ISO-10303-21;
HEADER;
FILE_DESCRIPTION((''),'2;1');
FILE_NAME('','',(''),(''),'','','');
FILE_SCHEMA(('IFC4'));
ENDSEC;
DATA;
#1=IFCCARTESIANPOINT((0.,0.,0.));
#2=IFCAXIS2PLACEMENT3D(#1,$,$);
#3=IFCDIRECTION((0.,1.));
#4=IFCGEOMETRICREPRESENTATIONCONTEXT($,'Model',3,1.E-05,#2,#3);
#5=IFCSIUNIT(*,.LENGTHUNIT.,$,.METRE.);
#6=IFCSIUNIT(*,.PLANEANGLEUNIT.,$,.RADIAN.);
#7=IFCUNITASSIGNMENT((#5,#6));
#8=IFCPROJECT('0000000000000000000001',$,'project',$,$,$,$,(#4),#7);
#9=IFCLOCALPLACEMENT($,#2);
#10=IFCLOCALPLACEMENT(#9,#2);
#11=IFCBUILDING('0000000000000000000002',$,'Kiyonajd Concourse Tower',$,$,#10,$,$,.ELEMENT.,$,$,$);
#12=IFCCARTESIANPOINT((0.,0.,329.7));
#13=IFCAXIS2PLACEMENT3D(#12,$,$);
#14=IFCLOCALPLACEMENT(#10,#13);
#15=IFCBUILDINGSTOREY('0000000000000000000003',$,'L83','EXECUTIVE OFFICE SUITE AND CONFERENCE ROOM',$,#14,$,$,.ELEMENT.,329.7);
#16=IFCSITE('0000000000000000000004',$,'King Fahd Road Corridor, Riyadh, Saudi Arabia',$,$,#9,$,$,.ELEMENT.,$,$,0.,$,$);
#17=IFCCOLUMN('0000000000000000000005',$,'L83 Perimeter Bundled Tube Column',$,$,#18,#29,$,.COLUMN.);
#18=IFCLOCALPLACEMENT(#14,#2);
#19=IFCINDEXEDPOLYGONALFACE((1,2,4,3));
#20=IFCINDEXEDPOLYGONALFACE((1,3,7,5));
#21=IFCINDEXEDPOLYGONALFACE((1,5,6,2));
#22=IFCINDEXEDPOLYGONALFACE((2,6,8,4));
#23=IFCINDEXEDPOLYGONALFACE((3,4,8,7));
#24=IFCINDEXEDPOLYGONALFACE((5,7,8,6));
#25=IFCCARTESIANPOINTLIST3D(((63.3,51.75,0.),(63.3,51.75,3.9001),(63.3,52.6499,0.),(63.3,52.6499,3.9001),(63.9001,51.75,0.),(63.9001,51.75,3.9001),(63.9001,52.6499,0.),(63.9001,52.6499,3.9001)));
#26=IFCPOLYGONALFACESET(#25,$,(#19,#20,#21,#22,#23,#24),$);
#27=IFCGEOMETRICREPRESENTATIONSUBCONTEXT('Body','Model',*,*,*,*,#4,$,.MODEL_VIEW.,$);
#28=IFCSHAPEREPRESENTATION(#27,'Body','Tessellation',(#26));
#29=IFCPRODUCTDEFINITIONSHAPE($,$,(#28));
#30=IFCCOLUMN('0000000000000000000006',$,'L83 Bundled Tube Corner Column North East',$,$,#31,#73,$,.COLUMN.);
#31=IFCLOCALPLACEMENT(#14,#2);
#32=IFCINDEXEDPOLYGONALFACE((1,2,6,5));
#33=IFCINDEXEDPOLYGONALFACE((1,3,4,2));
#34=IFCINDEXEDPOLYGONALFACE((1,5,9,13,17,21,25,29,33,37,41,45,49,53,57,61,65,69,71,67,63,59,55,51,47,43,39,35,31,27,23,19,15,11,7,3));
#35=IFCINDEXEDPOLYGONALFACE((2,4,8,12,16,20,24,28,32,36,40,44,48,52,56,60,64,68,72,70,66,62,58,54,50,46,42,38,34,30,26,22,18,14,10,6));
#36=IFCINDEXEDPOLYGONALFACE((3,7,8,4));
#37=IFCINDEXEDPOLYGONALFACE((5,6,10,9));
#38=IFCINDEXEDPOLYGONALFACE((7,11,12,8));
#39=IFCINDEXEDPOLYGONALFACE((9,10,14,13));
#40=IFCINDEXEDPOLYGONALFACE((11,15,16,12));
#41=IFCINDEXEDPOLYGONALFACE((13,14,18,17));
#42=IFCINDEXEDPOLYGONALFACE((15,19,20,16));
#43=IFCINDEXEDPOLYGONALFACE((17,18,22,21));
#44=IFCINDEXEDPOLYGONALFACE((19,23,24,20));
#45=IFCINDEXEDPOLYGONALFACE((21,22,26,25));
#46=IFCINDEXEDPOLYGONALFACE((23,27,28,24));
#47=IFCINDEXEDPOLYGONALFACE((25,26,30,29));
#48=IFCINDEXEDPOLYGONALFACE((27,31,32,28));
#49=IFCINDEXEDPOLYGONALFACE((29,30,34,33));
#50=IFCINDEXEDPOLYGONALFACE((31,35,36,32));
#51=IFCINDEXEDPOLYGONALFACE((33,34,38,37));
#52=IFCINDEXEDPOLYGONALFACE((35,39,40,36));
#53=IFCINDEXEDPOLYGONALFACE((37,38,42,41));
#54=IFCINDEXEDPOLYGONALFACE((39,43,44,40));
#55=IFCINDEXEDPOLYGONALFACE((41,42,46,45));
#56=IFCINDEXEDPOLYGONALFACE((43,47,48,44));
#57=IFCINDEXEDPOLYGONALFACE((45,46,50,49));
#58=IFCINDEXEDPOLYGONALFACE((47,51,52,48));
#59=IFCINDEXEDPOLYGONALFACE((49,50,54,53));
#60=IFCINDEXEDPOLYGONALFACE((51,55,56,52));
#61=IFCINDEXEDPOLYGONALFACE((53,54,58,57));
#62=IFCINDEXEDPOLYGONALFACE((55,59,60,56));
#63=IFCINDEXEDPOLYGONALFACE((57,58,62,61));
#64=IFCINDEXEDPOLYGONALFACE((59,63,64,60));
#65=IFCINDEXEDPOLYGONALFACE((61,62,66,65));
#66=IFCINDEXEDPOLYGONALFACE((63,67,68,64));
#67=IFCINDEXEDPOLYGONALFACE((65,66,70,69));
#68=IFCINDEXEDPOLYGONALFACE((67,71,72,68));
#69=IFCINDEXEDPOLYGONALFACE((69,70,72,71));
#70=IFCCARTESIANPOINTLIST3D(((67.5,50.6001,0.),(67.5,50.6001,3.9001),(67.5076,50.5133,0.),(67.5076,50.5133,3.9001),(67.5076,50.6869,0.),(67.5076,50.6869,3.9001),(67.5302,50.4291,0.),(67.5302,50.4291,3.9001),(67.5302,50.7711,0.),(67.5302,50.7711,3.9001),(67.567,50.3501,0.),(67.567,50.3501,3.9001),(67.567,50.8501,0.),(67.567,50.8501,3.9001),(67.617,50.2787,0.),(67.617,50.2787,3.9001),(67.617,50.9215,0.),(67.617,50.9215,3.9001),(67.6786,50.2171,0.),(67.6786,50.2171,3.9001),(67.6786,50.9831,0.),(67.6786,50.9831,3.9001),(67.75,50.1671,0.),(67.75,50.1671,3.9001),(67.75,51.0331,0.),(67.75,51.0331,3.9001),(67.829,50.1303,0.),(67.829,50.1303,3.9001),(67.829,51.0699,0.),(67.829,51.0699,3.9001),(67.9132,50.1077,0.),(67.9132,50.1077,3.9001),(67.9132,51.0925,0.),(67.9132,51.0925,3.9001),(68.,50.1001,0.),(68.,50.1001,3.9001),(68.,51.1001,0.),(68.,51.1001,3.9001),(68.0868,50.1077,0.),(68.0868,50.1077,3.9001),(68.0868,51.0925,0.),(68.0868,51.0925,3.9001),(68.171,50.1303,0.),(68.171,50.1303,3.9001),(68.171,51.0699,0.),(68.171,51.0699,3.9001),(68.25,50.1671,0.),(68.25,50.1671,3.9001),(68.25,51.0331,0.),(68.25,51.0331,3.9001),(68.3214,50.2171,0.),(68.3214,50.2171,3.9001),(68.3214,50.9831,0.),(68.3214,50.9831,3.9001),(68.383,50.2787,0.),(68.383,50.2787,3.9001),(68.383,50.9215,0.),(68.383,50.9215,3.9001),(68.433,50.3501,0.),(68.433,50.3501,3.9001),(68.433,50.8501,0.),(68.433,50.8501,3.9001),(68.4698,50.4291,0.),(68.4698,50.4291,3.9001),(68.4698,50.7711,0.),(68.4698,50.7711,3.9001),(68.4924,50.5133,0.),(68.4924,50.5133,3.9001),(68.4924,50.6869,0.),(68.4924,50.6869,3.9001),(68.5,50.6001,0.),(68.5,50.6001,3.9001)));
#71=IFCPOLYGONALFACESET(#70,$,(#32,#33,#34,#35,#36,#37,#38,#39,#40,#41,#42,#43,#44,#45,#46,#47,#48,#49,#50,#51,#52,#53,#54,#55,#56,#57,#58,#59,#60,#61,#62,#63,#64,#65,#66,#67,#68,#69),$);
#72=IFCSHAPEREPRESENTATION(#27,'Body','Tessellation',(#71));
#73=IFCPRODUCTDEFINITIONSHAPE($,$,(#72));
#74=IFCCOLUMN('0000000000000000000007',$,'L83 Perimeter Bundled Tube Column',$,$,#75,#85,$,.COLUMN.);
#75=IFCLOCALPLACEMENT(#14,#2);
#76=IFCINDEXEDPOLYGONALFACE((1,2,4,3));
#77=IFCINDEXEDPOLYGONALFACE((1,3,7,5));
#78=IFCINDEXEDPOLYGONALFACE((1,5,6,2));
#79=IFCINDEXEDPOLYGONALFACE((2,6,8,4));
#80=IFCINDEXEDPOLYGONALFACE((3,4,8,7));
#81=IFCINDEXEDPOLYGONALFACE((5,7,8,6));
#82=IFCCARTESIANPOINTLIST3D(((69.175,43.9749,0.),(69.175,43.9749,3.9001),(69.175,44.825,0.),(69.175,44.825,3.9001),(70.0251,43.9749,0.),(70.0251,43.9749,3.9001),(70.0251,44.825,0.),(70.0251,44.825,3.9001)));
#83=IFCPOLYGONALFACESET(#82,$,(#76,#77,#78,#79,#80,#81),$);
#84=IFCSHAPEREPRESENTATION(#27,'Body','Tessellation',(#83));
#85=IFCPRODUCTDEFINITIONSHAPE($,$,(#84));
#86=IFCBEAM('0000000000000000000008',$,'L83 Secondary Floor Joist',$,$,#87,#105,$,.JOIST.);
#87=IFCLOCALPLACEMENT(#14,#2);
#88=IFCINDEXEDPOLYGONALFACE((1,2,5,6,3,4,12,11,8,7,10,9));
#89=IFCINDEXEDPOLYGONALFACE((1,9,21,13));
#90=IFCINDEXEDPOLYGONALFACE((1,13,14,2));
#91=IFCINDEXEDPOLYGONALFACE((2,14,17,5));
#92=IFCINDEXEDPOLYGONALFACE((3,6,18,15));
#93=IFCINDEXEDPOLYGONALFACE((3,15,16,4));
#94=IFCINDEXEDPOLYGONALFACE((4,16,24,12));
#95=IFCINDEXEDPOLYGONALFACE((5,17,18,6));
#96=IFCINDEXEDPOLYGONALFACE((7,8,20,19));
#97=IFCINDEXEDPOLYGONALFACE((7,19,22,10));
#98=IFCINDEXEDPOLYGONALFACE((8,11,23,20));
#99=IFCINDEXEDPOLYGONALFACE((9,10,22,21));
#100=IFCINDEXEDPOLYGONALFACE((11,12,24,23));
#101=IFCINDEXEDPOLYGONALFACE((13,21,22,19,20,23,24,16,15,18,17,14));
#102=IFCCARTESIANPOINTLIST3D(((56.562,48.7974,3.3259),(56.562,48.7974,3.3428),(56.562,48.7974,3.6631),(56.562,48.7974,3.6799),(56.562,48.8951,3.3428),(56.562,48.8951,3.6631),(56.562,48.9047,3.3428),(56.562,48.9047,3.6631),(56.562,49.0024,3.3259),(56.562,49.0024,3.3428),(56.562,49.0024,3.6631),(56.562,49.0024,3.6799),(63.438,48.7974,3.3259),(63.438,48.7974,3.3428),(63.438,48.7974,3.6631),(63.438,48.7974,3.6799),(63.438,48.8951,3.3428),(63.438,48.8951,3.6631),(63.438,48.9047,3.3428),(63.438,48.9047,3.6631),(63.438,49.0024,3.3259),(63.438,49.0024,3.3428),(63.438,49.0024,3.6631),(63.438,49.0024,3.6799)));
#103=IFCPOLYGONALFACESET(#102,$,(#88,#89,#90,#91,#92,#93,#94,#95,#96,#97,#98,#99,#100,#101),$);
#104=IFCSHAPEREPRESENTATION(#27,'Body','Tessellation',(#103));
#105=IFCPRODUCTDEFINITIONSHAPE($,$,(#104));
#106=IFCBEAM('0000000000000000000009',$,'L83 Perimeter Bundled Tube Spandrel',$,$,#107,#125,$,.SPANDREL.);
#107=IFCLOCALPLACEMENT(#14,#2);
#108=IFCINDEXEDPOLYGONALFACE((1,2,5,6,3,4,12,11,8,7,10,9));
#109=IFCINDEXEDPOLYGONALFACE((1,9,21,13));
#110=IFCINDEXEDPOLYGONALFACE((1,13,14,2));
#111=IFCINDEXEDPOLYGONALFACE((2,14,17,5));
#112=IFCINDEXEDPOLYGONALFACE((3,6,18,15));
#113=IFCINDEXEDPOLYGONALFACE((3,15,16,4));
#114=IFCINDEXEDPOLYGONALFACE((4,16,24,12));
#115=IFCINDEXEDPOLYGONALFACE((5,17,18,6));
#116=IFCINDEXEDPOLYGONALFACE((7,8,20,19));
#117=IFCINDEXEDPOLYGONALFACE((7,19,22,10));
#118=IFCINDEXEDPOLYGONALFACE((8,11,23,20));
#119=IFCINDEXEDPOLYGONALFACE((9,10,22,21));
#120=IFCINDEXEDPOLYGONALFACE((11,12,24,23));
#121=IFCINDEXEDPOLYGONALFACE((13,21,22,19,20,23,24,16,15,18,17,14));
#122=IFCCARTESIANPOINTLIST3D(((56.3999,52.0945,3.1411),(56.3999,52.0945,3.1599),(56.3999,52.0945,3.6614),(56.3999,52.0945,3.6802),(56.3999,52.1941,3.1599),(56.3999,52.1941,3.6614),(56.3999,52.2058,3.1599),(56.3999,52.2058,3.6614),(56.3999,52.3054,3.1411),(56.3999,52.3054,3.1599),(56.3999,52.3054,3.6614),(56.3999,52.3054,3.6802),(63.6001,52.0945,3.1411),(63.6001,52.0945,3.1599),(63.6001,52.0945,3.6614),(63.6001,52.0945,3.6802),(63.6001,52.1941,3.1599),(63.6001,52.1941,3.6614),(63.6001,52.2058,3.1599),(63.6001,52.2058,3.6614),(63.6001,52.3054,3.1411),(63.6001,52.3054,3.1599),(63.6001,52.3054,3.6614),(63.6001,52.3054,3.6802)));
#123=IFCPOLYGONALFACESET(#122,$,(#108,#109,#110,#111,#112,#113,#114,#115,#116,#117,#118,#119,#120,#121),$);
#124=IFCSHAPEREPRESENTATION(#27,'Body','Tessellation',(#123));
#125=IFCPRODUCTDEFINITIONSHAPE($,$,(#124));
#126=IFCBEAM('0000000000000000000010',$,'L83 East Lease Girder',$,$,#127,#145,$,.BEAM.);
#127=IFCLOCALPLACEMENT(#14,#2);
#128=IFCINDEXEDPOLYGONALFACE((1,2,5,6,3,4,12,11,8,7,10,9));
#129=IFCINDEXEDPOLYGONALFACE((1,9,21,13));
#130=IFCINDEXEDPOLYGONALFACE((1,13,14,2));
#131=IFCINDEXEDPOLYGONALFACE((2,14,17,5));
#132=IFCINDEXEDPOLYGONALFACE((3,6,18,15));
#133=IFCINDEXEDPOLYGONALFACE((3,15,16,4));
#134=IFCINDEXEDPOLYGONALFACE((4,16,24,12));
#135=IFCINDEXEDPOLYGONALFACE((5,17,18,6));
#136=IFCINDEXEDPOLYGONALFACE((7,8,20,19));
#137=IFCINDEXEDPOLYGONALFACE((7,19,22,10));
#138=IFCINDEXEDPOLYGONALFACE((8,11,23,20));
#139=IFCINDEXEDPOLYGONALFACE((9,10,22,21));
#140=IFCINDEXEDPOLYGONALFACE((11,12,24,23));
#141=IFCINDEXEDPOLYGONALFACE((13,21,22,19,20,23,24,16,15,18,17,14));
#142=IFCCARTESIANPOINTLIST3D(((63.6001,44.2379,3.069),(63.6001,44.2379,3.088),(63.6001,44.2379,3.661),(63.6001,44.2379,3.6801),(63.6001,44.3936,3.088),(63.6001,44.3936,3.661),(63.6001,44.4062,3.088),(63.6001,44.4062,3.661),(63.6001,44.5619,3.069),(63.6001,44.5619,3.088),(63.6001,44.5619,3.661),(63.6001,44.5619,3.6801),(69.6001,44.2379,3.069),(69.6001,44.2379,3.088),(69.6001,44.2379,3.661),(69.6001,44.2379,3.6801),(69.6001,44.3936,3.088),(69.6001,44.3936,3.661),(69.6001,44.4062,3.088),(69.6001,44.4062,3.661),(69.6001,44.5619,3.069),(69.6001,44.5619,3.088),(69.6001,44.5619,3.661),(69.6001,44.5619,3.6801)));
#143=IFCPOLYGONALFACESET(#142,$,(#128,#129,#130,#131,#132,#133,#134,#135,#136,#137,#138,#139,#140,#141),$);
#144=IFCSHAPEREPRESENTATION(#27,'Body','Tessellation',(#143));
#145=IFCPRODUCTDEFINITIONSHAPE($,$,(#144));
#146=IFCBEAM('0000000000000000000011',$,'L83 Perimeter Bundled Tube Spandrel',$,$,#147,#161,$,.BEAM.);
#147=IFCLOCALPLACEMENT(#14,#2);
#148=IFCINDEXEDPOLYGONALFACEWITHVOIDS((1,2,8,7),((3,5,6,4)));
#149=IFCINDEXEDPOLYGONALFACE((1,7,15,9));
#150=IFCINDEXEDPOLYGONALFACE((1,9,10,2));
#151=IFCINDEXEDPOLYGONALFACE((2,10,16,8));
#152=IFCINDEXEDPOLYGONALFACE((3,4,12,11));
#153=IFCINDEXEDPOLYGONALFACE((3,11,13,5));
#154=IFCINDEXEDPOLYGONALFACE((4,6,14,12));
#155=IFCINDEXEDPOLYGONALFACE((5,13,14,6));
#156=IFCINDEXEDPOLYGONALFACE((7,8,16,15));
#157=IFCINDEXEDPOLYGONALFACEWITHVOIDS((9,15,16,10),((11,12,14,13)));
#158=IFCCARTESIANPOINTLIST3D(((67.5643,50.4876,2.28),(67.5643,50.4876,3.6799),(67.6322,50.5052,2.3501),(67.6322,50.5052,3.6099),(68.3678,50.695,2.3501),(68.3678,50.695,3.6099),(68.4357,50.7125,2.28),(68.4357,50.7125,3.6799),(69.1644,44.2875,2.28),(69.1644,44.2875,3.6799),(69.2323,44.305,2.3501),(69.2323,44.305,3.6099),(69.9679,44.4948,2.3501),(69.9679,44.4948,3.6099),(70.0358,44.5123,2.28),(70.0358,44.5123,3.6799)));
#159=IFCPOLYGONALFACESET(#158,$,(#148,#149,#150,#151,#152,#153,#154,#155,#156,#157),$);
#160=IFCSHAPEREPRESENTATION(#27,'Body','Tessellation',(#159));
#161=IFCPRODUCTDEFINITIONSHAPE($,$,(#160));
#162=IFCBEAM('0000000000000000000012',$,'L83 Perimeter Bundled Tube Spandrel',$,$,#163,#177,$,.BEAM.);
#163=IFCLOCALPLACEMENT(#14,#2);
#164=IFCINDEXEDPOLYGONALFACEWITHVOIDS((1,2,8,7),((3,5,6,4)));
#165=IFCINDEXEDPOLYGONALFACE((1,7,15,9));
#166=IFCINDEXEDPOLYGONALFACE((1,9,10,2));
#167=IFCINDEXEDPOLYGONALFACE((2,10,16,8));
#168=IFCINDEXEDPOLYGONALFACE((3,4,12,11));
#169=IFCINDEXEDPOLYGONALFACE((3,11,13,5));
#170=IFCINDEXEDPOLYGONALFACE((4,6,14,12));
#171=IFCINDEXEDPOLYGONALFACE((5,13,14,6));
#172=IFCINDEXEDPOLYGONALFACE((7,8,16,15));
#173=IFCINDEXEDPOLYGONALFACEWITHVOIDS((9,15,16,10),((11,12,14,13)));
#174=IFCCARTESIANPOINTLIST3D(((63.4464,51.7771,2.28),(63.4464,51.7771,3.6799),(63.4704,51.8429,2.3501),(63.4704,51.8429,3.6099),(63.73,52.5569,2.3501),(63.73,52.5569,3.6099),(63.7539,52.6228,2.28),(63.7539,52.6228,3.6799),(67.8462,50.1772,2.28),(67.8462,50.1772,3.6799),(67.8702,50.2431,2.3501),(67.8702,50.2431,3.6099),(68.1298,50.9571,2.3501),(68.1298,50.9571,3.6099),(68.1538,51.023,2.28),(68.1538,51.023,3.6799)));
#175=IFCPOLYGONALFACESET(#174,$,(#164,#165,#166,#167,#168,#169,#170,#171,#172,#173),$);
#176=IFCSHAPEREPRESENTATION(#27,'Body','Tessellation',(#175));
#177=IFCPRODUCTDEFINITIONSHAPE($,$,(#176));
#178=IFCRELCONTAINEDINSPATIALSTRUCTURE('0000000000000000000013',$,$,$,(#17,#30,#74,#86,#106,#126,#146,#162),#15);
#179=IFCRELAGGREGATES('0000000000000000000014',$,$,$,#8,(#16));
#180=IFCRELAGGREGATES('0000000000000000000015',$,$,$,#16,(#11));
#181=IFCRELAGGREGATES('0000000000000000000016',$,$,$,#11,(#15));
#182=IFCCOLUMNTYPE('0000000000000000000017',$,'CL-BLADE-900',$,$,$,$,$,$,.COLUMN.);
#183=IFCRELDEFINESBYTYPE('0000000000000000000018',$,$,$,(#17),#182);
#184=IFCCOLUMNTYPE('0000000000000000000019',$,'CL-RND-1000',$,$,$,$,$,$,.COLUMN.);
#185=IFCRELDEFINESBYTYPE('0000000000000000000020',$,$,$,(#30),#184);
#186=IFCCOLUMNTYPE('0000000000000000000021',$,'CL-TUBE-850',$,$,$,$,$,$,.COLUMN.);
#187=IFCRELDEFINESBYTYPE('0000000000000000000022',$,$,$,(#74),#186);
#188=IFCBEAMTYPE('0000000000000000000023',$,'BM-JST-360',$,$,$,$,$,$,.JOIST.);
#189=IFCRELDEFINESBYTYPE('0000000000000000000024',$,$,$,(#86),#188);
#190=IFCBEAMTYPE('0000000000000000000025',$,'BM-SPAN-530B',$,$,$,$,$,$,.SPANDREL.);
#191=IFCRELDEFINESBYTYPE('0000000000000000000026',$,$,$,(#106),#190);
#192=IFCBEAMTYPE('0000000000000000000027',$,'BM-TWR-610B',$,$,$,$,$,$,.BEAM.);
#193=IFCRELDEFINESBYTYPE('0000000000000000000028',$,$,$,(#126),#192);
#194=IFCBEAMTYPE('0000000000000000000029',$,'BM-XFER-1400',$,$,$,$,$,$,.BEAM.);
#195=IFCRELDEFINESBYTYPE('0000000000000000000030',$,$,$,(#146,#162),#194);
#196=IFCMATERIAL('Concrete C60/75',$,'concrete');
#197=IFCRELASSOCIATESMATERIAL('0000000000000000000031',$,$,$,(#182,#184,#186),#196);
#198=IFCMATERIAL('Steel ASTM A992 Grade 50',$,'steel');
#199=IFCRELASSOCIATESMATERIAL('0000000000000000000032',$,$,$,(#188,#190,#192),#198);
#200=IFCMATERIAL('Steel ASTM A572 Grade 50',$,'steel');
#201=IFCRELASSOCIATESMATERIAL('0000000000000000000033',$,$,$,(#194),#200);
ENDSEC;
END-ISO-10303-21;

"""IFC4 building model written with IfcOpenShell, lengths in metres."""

from ifc_helpers import new_model, si_unit, direction, frame, origin, origin_2d, place, context, subcontext, project, spatial, rectangle, hollow_rectangle, circle, i_section, extrude, material, material_profile, profile_set, type_object, element, save


model = new_model("IFC4")

# Units and contexts
model_context = context("Model", 3, precision=1e-05, world=origin(), true_north=direction((0.0, 1.0)))
body_context = subcontext(model_context, "Body", "Model", "MODEL_VIEW")
ifc_project = project(units=[si_unit("LENGTHUNIT", "METRE"), si_unit("PLANEANGLEUNIT", "RADIAN")], contexts=[model_context])

# Site, building, storey
site_placement = place(None, origin())
site = spatial("IfcSite", under=ifc_project, at=site_placement, Name="King Fahd Road Corridor, Riyadh, Saudi Arabia", CompositionType="ELEMENT", RefElevation=0.0)
building_placement = place(site_placement, origin())
building = spatial("IfcBuilding", under=site, at=building_placement, Name="Kiyonajd Concourse Tower", CompositionType="ELEMENT")
storey_placement = place(building_placement, frame((0.0, 0.0, 329.7)))
storey = spatial("IfcBuildingStorey", under=building, at=storey_placement, Name="L83", Description="EXECUTIVE OFFICE SUITE AND CONFERENCE ROOM", CompositionType="ELEMENT", Elevation=329.7)

# Columns
ifc_material_1 = material(Name="Concrete C60/75", Category="concrete")
ifc_material_profile_1 = material_profile(ifc_material_1, rectangle(XDim=0.6001, YDim=0.8999, at=origin_2d()), Name="RC-900x600")
ifc_profile_set_1 = profile_set([ifc_material_profile_1], Name="Concrete C60/75")
column_type_1 = type_object("IfcColumnType", Name="CL-BLADE-900", PredefinedType="COLUMN", material=ifc_profile_set_1)
column_1_placement = place(storey_placement, frame((63.6001, 52.2, 0.0), z_axis=(0.0, 0.0, 1.0), x_axis=(1.0, 0.0, 0.0)))
element("IfcColumn", 1, at=column_1_placement, inside=storey, type_object=column_type_1, Name="L83 Perimeter Bundled Tube Column", PredefinedType="COLUMN", context=body_context, shape_type="SweptSolid", body=[
    extrude(rectangle(XDim=0.6001, YDim=0.8999, at=origin_2d()), origin(), (0.0, 0.0, 1.0), 3.9001),
])
ifc_material_profile_2 = material_profile(ifc_material_1, circle(Radius=0.5, at=origin_2d()), Name="RCC-D1000")
ifc_profile_set_2 = profile_set([ifc_material_profile_2], Name="Concrete C60/75")
column_type_2 = type_object("IfcColumnType", Name="CL-RND-1000", PredefinedType="COLUMN", material=ifc_profile_set_2)
column_2_placement = place(storey_placement, frame((68.0, 50.6001, 0.0), z_axis=(0.0, 0.0, 1.0), x_axis=(1.0, 0.0, 0.0)))
element("IfcColumn", 2, at=column_2_placement, inside=storey, type_object=column_type_2, Name="L83 Bundled Tube Corner Column North East", PredefinedType="COLUMN", context=body_context, shape_type="SweptSolid", body=[
    extrude(circle(Radius=0.5, at=origin_2d()), origin(), (0.0, 0.0, 1.0), 3.9001),
])
ifc_material_profile_3 = material_profile(ifc_material_1, rectangle(XDim=0.8501, YDim=0.8501, at=origin_2d()), Name="RC-850x850")
ifc_profile_set_3 = profile_set([ifc_material_profile_3], Name="Concrete C60/75")
column_type_3 = type_object("IfcColumnType", Name="CL-TUBE-850", PredefinedType="COLUMN", material=ifc_profile_set_3)
column_3_placement = place(storey_placement, frame((69.6001, 44.3999, 0.0), z_axis=(0.0, 0.0, 1.0), x_axis=(1.0, 0.0, 0.0)))
element("IfcColumn", 3, at=column_3_placement, inside=storey, type_object=column_type_3, Name="L83 Perimeter Bundled Tube Column", PredefinedType="COLUMN", context=body_context, shape_type="SweptSolid", body=[
    extrude(rectangle(XDim=0.8501, YDim=0.8501, at=origin_2d()), origin(), (0.0, 0.0, 1.0), 3.9001),
])

# Beams
ifc_material_2 = material(Name="Steel ASTM A992 Grade 50", Category="steel")
ifc_material_profile_4 = material_profile(ifc_material_2, i_section(OverallWidth=0.2051, OverallDepth=0.354, WebThickness=0.0095, FlangeThickness=0.0168, at=origin_2d()), Name="W360X79")
ifc_profile_set_4 = profile_set([ifc_material_profile_4], Name="Steel ASTM A992 Grade 50")
beam_type_1 = type_object("IfcBeamType", Name="BM-JST-360", PredefinedType="JOIST", material=ifc_profile_set_4)
beam_1_placement = place(storey_placement, frame((56.562, 48.8999, 3.5029), z_axis=(1.0, 0.0, 0.0), x_axis=(0.0, 1.0, 0.0)))
element("IfcBeam", 4, at=beam_1_placement, inside=storey, type_object=beam_type_1, Name="L83 Secondary Floor Joist", PredefinedType="JOIST", context=body_context, shape_type="SweptSolid", body=[
    extrude(i_section(OverallWidth=0.2051, OverallDepth=0.354, WebThickness=0.0095, FlangeThickness=0.0168, at=origin_2d()), origin(), (0.0, 0.0, 1.0), 6.876),
])
ifc_material_profile_5 = material_profile(ifc_material_2, i_section(OverallWidth=0.2109, OverallDepth=0.5391, WebThickness=0.0117, FlangeThickness=0.0188, at=origin_2d()), Name="W530X109")
ifc_profile_set_5 = profile_set([ifc_material_profile_5], Name="Steel ASTM A992 Grade 50")
beam_type_2 = type_object("IfcBeamType", Name="BM-SPAN-530B", PredefinedType="SPANDREL", material=ifc_profile_set_5)
beam_2_placement = place(storey_placement, frame((63.6001, 52.2, 3.4106), z_axis=(-1.0, 0.0, 0.0), x_axis=(0.0, -1.0, 0.0)))
element("IfcBeam", 5, at=beam_2_placement, inside=storey, type_object=beam_type_2, Name="L83 Perimeter Bundled Tube Spandrel", PredefinedType="SPANDREL", context=body_context, shape_type="SweptSolid", body=[
    extrude(i_section(OverallWidth=0.2109, OverallDepth=0.5391, WebThickness=0.0117, FlangeThickness=0.0188, at=origin_2d()), origin(), (0.0, 0.0, 1.0), 7.2002),
])
ifc_material_profile_6 = material_profile(ifc_material_2, i_section(OverallWidth=0.324, OverallDepth=0.6111, WebThickness=0.0127, FlangeThickness=0.019, at=origin_2d()), Name="W610X155")
ifc_profile_set_6 = profile_set([ifc_material_profile_6], Name="Steel ASTM A992 Grade 50")
beam_type_3 = type_object("IfcBeamType", Name="BM-TWR-610B", PredefinedType="BEAM", material=ifc_profile_set_6)
beam_3_placement = place(storey_placement, frame((63.6001, 44.3999, 3.3745), z_axis=(1.0, 0.0, 0.0), x_axis=(0.0, 1.0, 0.0)))
element("IfcBeam", 6, at=beam_3_placement, inside=storey, type_object=beam_type_3, Name="L83 East Lease Girder", PredefinedType="BEAM", context=body_context, shape_type="SweptSolid", body=[
    extrude(i_section(OverallWidth=0.324, OverallDepth=0.6111, WebThickness=0.0127, FlangeThickness=0.019, at=origin_2d()), origin(), (0.0, 0.0, 1.0), 6.0),
])
ifc_material_3 = material(Name="Steel ASTM A572 Grade 50", Category="steel")
ifc_material_profile_7 = material_profile(ifc_material_3, hollow_rectangle(XDim=0.8999, YDim=1.3999, WallThickness=0.0701, at=origin_2d()), Name="BOX-1400x900x70")
ifc_profile_set_7 = profile_set([ifc_material_profile_7], Name="Steel ASTM A572 Grade 50")
beam_type_4 = type_object("IfcBeamType", Name="BM-XFER-1400", PredefinedType="BEAM", material=ifc_profile_set_7)
beam_4_placement = place(storey_placement, frame((69.6001, 44.3999, 2.98), z_axis=(-0.249885, 0.968276, 0.0), x_axis=(-0.968276, -0.249885, 0.0)))
element("IfcBeam", 7, at=beam_4_placement, inside=storey, type_object=beam_type_4, Name="L83 Perimeter Bundled Tube Spandrel", PredefinedType="BEAM", context=body_context, shape_type="SweptSolid", body=[
    extrude(hollow_rectangle(XDim=0.8999, YDim=1.3999, WallThickness=0.0701, at=origin_2d()), origin(), (0.0, 0.0, 1.0), 6.4033),
])
beam_5_placement = place(storey_placement, frame((68.0, 50.6001, 2.98), z_axis=(-0.939801, 0.341722, 0.0), x_axis=(-0.341722, -0.939801, 0.0)))
element("IfcBeam", 8, at=beam_5_placement, inside=storey, type_object=beam_type_4, Name="L83 Perimeter Bundled Tube Spandrel", PredefinedType="BEAM", context=body_context, shape_type="SweptSolid", body=[
    extrude(hollow_rectangle(XDim=0.8999, YDim=1.3999, WallThickness=0.0701, at=origin_2d()), origin(), (0.0, 0.0, 1.0), 4.6816),
])

save(model, "model.ifc")
